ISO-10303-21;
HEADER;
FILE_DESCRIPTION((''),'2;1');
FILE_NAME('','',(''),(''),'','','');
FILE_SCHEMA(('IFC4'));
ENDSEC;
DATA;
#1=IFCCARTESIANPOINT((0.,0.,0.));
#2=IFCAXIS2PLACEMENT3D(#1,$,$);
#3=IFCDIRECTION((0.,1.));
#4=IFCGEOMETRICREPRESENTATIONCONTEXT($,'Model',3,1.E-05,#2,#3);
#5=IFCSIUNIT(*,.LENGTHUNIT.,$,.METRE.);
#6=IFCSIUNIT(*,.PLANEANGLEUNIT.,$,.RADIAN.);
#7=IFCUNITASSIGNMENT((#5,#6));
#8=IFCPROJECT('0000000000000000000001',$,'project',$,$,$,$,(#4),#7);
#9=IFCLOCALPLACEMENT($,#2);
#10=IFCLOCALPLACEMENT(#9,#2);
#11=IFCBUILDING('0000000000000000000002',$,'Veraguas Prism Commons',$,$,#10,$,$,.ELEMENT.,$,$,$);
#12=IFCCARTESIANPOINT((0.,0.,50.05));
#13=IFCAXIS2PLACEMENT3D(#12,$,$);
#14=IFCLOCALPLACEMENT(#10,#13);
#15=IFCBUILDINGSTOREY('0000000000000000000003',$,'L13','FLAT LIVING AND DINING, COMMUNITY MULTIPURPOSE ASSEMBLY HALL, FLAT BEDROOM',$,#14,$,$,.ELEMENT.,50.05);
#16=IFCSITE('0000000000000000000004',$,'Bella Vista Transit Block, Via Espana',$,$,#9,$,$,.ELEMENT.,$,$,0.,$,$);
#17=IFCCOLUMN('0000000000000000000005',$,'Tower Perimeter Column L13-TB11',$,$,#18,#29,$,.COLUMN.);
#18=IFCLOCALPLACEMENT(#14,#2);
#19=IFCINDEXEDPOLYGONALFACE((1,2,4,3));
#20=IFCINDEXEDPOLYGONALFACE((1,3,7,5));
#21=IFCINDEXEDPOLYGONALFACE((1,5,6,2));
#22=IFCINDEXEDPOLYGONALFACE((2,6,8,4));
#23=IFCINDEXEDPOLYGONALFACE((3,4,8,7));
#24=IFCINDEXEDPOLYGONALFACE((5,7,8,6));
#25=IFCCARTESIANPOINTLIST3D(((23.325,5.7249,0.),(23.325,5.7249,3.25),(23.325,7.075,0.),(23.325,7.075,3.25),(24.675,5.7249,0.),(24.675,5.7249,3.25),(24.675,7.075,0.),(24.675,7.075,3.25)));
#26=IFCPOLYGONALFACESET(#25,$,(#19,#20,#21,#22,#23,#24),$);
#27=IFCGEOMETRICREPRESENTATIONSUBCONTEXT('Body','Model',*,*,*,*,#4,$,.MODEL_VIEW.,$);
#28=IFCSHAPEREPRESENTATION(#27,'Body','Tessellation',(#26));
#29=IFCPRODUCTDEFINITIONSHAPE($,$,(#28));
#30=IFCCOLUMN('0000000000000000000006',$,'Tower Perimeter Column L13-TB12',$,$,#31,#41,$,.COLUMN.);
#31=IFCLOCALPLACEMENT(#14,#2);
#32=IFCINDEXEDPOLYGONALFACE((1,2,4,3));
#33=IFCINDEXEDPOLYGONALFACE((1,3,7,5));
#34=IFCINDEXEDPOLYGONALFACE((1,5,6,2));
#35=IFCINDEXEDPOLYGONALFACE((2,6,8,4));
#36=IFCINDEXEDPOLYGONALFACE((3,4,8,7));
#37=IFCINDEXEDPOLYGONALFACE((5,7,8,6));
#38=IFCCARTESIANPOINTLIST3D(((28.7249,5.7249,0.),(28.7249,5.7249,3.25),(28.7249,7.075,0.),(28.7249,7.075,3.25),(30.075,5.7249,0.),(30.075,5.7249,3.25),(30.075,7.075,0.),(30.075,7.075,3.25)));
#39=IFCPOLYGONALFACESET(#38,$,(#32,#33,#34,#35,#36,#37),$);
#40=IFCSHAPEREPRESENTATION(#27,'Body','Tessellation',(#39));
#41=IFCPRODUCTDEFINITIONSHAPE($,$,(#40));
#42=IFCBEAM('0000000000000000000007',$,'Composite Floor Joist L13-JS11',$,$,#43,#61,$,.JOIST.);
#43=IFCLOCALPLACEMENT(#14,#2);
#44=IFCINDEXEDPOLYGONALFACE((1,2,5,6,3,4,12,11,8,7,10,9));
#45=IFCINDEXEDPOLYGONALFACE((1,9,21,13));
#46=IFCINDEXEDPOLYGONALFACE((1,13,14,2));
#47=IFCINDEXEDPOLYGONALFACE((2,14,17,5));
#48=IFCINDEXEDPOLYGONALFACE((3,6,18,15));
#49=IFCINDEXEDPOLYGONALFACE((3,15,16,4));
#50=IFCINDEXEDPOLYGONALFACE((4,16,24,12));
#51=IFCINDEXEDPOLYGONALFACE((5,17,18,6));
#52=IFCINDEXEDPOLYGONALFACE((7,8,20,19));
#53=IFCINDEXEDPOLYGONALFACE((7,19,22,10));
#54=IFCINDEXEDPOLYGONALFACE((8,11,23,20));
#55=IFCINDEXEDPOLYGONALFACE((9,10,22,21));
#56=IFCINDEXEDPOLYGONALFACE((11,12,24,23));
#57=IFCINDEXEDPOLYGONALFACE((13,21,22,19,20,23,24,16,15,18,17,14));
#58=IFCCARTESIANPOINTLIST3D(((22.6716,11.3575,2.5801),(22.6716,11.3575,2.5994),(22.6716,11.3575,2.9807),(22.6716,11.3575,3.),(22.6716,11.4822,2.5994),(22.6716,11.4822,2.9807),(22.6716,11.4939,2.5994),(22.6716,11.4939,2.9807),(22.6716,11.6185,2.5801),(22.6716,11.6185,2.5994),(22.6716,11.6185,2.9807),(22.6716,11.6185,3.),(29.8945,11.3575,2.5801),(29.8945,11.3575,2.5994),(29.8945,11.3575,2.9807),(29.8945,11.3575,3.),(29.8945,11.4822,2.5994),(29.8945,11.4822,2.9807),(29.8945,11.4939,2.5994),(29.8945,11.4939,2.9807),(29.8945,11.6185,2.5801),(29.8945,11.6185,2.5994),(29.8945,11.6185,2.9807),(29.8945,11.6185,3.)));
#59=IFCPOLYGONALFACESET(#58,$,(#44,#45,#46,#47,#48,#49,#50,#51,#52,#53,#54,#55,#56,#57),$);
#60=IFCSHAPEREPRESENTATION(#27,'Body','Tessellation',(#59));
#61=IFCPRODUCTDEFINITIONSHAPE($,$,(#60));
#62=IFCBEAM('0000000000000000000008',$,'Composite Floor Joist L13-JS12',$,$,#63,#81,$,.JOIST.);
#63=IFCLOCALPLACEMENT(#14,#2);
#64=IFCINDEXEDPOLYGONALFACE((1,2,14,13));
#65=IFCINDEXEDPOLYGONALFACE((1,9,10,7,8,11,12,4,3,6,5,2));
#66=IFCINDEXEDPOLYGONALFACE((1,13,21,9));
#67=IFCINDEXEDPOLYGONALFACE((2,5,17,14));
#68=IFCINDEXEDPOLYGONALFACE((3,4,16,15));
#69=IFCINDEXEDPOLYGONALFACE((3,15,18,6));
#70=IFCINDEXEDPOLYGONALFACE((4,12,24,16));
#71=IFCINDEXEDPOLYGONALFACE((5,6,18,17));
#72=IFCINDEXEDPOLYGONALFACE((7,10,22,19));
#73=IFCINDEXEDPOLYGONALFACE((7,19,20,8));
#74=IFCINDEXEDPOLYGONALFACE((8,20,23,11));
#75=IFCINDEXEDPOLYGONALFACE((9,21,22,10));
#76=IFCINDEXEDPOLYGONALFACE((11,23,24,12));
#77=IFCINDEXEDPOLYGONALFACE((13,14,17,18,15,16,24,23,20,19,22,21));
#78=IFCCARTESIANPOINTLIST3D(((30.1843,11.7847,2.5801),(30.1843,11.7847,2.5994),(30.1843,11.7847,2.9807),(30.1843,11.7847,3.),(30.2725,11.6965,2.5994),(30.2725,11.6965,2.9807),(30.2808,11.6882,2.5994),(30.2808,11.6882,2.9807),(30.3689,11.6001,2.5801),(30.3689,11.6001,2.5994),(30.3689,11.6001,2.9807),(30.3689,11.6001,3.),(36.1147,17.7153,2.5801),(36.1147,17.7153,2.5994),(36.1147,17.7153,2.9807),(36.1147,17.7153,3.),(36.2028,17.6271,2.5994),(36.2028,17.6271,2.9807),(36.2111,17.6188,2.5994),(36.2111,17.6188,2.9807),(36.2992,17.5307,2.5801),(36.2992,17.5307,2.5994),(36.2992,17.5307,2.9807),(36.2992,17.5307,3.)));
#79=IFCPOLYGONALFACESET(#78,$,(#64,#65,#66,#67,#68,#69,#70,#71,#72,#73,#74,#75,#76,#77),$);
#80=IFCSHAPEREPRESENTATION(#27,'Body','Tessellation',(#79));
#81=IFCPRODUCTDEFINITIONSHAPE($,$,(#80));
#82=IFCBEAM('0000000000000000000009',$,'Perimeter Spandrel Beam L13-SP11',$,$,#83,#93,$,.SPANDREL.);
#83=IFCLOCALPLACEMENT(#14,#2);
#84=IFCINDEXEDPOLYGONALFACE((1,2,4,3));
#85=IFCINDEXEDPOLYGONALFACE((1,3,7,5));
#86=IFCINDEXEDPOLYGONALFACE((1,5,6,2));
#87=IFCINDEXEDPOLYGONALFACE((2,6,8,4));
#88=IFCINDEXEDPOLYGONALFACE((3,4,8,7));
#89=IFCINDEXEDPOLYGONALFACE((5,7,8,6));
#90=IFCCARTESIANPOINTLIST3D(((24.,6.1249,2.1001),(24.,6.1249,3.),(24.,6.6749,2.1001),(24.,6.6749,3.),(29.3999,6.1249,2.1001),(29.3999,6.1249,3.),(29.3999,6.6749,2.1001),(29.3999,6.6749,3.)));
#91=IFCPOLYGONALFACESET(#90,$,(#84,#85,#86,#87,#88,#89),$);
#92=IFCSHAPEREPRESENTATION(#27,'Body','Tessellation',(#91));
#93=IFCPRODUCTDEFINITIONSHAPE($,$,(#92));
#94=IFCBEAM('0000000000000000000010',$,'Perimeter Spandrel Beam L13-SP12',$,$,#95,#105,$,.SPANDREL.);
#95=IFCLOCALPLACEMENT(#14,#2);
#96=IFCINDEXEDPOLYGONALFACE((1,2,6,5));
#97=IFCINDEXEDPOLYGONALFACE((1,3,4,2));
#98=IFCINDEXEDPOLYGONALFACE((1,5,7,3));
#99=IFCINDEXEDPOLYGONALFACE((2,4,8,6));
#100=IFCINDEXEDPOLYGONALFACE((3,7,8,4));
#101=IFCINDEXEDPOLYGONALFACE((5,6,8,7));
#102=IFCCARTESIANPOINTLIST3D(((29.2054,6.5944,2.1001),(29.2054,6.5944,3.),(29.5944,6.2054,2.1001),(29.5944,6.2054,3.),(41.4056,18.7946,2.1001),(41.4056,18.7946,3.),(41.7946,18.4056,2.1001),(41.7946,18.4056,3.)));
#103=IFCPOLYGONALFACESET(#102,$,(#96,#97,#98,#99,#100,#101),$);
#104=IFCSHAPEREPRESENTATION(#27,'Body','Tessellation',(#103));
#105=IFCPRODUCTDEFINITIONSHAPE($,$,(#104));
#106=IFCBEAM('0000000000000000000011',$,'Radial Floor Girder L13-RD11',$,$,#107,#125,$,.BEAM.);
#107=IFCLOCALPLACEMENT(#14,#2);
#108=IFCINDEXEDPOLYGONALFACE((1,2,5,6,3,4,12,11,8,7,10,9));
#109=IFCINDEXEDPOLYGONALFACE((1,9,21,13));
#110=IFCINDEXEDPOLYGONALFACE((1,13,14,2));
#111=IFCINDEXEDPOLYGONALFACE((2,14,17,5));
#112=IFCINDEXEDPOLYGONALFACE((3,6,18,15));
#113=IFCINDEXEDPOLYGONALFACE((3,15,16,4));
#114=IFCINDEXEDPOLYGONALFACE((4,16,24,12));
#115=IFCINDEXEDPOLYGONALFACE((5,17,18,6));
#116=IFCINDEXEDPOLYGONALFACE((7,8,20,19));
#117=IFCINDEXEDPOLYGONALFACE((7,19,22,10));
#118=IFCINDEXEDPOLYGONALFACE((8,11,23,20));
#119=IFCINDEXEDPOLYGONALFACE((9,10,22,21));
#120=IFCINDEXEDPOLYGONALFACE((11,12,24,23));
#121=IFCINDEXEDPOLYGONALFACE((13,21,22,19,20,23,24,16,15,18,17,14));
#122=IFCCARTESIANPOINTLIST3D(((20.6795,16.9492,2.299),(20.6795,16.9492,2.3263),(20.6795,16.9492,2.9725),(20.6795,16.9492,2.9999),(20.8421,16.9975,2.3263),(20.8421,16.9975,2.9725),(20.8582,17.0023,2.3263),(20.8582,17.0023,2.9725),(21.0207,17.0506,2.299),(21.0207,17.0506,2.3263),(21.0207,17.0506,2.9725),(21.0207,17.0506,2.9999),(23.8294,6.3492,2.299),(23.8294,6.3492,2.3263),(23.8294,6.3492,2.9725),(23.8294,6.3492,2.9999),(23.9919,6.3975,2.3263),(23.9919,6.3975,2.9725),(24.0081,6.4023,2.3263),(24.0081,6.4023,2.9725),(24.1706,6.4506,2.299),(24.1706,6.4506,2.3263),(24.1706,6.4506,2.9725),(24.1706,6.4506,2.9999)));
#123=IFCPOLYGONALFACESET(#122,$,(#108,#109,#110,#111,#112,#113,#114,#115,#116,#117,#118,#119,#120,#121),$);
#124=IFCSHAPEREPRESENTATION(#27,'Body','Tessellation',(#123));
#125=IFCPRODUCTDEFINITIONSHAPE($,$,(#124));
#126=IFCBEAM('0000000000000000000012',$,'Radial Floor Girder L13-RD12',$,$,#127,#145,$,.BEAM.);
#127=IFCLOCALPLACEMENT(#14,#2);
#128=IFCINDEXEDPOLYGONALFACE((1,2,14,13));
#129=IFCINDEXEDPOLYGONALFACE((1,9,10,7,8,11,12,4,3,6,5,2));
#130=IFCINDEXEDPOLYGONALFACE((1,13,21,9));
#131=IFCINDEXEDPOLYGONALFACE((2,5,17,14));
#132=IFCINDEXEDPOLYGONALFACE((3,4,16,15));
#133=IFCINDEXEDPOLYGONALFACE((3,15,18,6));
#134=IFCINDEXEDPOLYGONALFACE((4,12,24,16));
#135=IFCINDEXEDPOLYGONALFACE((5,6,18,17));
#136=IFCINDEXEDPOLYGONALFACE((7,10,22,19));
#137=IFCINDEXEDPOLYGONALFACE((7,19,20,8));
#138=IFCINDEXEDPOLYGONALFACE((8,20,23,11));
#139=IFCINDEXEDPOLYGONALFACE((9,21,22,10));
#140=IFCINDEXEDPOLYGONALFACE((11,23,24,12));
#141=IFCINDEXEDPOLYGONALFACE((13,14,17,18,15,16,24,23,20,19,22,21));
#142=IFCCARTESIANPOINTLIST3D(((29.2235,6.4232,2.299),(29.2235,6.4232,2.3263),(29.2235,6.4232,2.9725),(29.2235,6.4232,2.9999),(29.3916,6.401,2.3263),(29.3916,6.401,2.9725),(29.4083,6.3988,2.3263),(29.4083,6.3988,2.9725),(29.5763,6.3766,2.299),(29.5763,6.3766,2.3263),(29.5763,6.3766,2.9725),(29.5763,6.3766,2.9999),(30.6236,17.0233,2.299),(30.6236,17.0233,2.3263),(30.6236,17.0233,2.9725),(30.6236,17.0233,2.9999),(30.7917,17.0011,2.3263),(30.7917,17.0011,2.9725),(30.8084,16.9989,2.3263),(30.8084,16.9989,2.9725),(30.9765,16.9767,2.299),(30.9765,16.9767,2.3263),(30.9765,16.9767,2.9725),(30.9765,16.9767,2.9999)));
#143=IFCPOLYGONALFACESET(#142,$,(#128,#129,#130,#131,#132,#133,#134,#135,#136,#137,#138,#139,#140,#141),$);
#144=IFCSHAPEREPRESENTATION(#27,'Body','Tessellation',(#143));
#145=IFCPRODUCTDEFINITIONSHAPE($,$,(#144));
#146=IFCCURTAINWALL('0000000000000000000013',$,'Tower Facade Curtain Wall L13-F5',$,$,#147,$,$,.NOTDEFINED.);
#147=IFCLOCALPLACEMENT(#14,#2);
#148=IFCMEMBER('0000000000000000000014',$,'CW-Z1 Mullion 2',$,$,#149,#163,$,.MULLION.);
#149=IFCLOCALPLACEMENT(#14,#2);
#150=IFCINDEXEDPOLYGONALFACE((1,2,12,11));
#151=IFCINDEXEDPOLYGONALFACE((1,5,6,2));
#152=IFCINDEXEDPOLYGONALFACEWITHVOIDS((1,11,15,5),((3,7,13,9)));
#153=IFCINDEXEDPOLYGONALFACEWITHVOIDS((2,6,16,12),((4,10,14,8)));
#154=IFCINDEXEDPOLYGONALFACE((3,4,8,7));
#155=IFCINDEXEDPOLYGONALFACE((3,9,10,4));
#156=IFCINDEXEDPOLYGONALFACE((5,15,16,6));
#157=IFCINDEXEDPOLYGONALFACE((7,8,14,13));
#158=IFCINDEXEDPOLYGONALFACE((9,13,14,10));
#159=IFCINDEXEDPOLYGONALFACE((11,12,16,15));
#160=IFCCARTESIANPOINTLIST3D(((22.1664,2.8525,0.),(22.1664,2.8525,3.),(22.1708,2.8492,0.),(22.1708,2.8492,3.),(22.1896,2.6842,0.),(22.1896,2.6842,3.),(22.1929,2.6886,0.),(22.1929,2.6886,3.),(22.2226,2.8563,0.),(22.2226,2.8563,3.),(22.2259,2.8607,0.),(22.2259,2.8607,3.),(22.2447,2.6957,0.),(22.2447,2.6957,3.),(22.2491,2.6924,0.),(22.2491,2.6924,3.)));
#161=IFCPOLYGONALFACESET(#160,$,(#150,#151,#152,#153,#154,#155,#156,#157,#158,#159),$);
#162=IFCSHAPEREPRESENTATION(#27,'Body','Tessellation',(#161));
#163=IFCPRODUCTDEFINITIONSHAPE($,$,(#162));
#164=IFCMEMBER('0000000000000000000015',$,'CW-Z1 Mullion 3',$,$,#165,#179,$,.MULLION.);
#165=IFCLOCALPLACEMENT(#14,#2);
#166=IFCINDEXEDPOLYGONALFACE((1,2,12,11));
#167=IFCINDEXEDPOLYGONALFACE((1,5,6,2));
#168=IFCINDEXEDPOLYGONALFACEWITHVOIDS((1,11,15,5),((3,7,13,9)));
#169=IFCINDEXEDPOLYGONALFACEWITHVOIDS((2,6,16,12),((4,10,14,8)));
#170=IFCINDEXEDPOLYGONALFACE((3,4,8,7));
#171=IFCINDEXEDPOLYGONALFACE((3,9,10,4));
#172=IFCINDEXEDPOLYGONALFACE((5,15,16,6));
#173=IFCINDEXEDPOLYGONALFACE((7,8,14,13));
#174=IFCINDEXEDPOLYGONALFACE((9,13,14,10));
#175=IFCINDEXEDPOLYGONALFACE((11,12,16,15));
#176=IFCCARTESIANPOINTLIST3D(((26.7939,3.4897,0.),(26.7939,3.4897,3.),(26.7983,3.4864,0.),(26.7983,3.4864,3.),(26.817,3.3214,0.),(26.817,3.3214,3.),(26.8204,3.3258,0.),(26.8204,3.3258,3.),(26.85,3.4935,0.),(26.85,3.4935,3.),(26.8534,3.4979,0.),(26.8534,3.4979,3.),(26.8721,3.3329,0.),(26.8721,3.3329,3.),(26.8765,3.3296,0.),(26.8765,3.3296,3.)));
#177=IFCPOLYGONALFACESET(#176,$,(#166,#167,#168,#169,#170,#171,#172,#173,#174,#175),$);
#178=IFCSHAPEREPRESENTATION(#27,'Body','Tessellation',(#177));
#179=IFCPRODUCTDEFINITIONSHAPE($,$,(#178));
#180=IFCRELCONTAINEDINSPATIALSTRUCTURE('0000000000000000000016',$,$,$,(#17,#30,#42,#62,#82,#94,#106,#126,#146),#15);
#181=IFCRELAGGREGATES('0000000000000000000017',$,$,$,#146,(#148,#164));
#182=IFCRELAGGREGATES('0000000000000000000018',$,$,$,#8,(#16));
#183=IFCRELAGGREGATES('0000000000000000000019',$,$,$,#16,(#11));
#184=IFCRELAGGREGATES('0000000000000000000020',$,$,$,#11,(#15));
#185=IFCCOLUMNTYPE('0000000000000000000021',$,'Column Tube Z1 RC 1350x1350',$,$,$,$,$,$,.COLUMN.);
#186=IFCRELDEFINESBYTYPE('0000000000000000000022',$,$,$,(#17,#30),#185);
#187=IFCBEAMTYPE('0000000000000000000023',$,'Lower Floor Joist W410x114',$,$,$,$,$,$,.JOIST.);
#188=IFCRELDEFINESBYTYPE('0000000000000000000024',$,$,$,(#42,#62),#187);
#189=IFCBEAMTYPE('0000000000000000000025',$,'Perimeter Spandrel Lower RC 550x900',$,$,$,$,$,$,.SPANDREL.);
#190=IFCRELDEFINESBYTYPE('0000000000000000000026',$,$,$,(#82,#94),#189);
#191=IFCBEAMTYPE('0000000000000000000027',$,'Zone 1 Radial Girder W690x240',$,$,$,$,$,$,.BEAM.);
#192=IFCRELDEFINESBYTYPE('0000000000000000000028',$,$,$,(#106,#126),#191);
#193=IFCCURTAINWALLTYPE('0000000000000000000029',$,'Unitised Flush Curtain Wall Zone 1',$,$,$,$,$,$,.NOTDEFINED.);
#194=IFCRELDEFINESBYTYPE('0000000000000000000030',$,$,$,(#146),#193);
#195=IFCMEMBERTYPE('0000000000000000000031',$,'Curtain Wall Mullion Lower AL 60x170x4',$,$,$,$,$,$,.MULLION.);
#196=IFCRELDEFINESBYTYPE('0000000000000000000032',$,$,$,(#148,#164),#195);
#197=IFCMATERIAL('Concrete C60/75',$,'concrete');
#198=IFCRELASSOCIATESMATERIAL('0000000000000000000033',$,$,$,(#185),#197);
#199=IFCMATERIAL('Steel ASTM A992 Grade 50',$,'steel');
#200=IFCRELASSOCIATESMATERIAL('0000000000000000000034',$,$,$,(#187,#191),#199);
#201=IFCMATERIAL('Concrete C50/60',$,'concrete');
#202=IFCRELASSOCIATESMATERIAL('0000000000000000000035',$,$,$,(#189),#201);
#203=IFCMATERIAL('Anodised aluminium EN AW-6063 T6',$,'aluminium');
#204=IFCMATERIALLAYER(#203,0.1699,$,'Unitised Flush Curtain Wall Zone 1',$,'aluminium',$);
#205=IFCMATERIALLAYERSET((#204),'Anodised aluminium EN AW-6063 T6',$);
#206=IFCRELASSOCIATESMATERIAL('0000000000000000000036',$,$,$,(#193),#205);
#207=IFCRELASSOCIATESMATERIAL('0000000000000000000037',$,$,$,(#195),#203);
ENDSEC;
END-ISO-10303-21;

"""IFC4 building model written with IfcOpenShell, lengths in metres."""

from ifc_helpers import new_model, si_unit, direction, frame, origin, origin_2d, place, context, subcontext, project, spatial, rectangle, hollow_rectangle, i_section, extrude, source, transform, mapped, material, layer, layer_set, material_profile, profile_set, type_object, element, aggregate, save


model = new_model("IFC4")

# Units and contexts
model_context = context("Model", 3, precision=1e-05, world=origin(), true_north=direction((0.0, 1.0)))
body_context = subcontext(model_context, "Body", "Model", "MODEL_VIEW")
ifc_project = project(units=[si_unit("LENGTHUNIT", "METRE"), si_unit("PLANEANGLEUNIT", "RADIAN")], contexts=[model_context])

# Site, building, storey
site_placement = place(None, origin())
site = spatial("IfcSite", under=ifc_project, at=site_placement, Name="Bella Vista Transit Block, Via Espana", CompositionType="ELEMENT", RefElevation=0.0)
building_placement = place(site_placement, origin())
building = spatial("IfcBuilding", under=site, at=building_placement, Name="Veraguas Prism Commons", CompositionType="ELEMENT")
storey_placement = place(building_placement, frame((0.0, 0.0, 50.05)))
storey = spatial("IfcBuildingStorey", under=building, at=storey_placement, Name="L13", Description="FLAT LIVING AND DINING, COMMUNITY MULTIPURPOSE ASSEMBLY HALL, FLAT BEDROOM", CompositionType="ELEMENT", Elevation=50.05)

# Columns
ifc_material_1 = material(Name="Concrete C60/75", Category="concrete")
ifc_material_profile_1 = material_profile(ifc_material_1, rectangle(XDim=1.3501, YDim=1.3501, at=origin_2d()), Name="RC1350X1350")
ifc_profile_set_1 = profile_set([ifc_material_profile_1], Name="Concrete C60/75")
column_type = type_object("IfcColumnType", Name="Column Tube Z1 RC 1350x1350", PredefinedType="COLUMN", material=ifc_profile_set_1)
for number, where, z_axis, x_axis, name in (
    (1, (24.0, 6.3999, 0.0), (0.0, 0.0, 1.0), (1.0, 0.0, 0.0), "Tower Perimeter Column L13-TB11"),
    (2, (29.3999, 6.3999, 0.0), (0.0, 0.0, 1.0), (1.0, 0.0, 0.0), "Tower Perimeter Column L13-TB12"),
):
    element("IfcColumn", number, at=place(storey_placement, frame(where, z_axis=z_axis, x_axis=x_axis)), inside=storey, type_object=column_type, Name=name, PredefinedType="COLUMN", context=body_context, shape_type="SweptSolid", body=[
        extrude(rectangle(XDim=1.3501, YDim=1.3501, at=origin_2d()), origin(), (0.0, 0.0, 1.0), 3.25),
    ])

# Beams
ifc_material_2 = material(Name="Steel ASTM A992 Grade 50", Category="steel")
ifc_material_profile_2 = material_profile(ifc_material_2, i_section(OverallWidth=0.261, OverallDepth=0.4199, WebThickness=0.0117, FlangeThickness=0.0193, at=origin_2d()), Name="W410X114")
ifc_profile_set_2 = profile_set([ifc_material_profile_2], Name="Steel ASTM A992 Grade 50")
beam_type_1 = type_object("IfcBeamType", Name="Lower Floor Joist W410x114", PredefinedType="JOIST", material=ifc_profile_set_2)
beam_1_placement = place(storey_placement, frame((22.6716, 11.488, 2.79), z_axis=(1.0, 0.0, 0.0), x_axis=(0.0, 1.0, 0.0)))
element("IfcBeam", 3, at=beam_1_placement, inside=storey, type_object=beam_type_1, Name="Composite Floor Joist L13-JS11", PredefinedType="JOIST", context=body_context, shape_type="SweptSolid", body=[
    extrude(i_section(OverallWidth=0.261, OverallDepth=0.4199, WebThickness=0.0117, FlangeThickness=0.0193, at=origin_2d()), origin(), (0.0, 0.0, 1.0), 7.2229),
])
beam_2_placement = place(storey_placement, frame((30.2766, 11.6924, 2.79), z_axis=(0.707092, 0.707121, 0.0), x_axis=(-0.707121, 0.707092, 0.0)))
element("IfcBeam", 4, at=beam_2_placement, inside=storey, type_object=beam_type_1, Name="Composite Floor Joist L13-JS12", PredefinedType="JOIST", context=body_context, shape_type="SweptSolid", body=[
    extrude(i_section(OverallWidth=0.261, OverallDepth=0.4199, WebThickness=0.0117, FlangeThickness=0.0193, at=origin_2d()), origin(), (0.0, 0.0, 1.0), 8.387),
])
ifc_material_3 = material(Name="Concrete C50/60", Category="concrete")
ifc_material_profile_3 = material_profile(ifc_material_3, rectangle(XDim=0.55, YDim=0.8999, at=origin_2d()), Name="RC550X900")
ifc_profile_set_3 = profile_set([ifc_material_profile_3], Name="Concrete C50/60")
beam_type_2 = type_object("IfcBeamType", Name="Perimeter Spandrel Lower RC 550x900", PredefinedType="SPANDREL", material=ifc_profile_set_3)
beam_3_placement = place(storey_placement, frame((24.0, 6.3999, 2.55), z_axis=(1.0, 0.0, 0.0), x_axis=(0.0, 1.0, 0.0)))
element("IfcBeam", 5, at=beam_3_placement, inside=storey, type_object=beam_type_2, Name="Perimeter Spandrel Beam L13-SP11", PredefinedType="SPANDREL", context=body_context, shape_type="SweptSolid", body=[
    extrude(rectangle(XDim=0.55, YDim=0.8999, at=origin_2d()), origin(), (0.0, 0.0, 1.0), 5.3999),
])
beam_4_placement = place(storey_placement, frame((29.3999, 6.3999, 2.55), z_axis=(0.707107, 0.707107, 0.0), x_axis=(-0.707107, 0.707107, 0.0)))
element("IfcBeam", 6, at=beam_4_placement, inside=storey, type_object=beam_type_2, Name="Perimeter Spandrel Beam L13-SP12", PredefinedType="SPANDREL", context=body_context, shape_type="SweptSolid", body=[
    extrude(rectangle(XDim=0.55, YDim=0.8999, at=origin_2d()), origin(), (0.0, 0.0, 1.0), 17.2537),
])
ifc_material_profile_4 = material_profile(ifc_material_2, i_section(OverallWidth=0.356, OverallDepth=0.7009, WebThickness=0.0168, FlangeThickness=0.0273, at=origin_2d()), Name="W690X240")
ifc_profile_set_4 = profile_set([ifc_material_profile_4], Name="Steel ASTM A992 Grade 50")
beam_type_3 = type_object("IfcBeamType", Name="Zone 1 Radial Girder W690x240", PredefinedType="BEAM", material=ifc_profile_set_4)
beam_5_placement = place(storey_placement, frame((24.0, 6.3999, 2.6494), z_axis=(-0.284847, 0.958573, 0.0), x_axis=(-0.958573, -0.284847, 0.0)))
element("IfcBeam", 7, at=beam_5_placement, inside=storey, type_object=beam_type_3, Name="Radial Floor Girder L13-RD11", PredefinedType="BEAM", context=body_context, shape_type="SweptSolid", body=[
    extrude(i_section(OverallWidth=0.356, OverallDepth=0.7009, WebThickness=0.0168, FlangeThickness=0.0273, at=origin_2d()), origin(), (0.0, 0.0, 1.0), 11.0581),
])
beam_6_placement = place(storey_placement, frame((29.3999, 6.3999, 2.6494), z_axis=(0.130951, 0.991389, 0.0), x_axis=(-0.991389, 0.130951, 0.0)))
element("IfcBeam", 8, at=beam_6_placement, inside=storey, type_object=beam_type_3, Name="Radial Floor Girder L13-RD12", PredefinedType="BEAM", context=body_context, shape_type="SweptSolid", body=[
    extrude(i_section(OverallWidth=0.356, OverallDepth=0.7009, WebThickness=0.0168, FlangeThickness=0.0273, at=origin_2d()), origin(), (0.0, 0.0, 1.0), 10.6921),
])

# Curtain wall, members
ifc_material_4 = material(Name="Anodised aluminium EN AW-6063 T6", Category="aluminium")
ifc_layer_1 = layer(ifc_material_4, 0.1699, Name="Unitised Flush Curtain Wall Zone 1", Category="aluminium")
ifc_layer_set_1 = layer_set([ifc_layer_1], Name="Anodised aluminium EN AW-6063 T6")
curtain_wall_type = type_object("IfcCurtainWallType", Name="Unitised Flush Curtain Wall Zone 1", PredefinedType="NOTDEFINED", material=ifc_layer_set_1)
curtain_wall_placement = place(storey_placement, origin())
curtain_wall = element("IfcCurtainWall", 9, at=curtain_wall_placement, inside=storey, type_object=curtain_wall_type, Name="Tower Facade Curtain Wall L13-F5", PredefinedType="NOTDEFINED")
ifc_material_profile_5 = material_profile(ifc_material_4, hollow_rectangle(XDim=0.0601, YDim=0.1699, WallThickness=0.0039, at=origin_2d()), Name="AL60X170X4")
ifc_profile_set_5 = profile_set([ifc_material_profile_5], Name="Anodised aluminium EN AW-6063 T6")
member_type = type_object("IfcMemberType", Name="Curtain Wall Mullion Lower AL 60x170x4", PredefinedType="MULLION", material=ifc_profile_set_5)
shared_shape_1 = source(origin(), body_context, "Body", "SweptSolid", [
    extrude(hollow_rectangle(XDim=0.0601, YDim=0.1699, WallThickness=0.0039, at=origin_2d()), origin(), (0.0, 0.0, 1.0), 3.0),
])
member_1_placement = place(storey_placement, frame((22.2078, 2.7725, 0.0), z_axis=(0.0, 0.0, 1.0), x_axis=(0.990653, 0.136405, 0.0)))
member_1 = element("IfcMember", 10, at=member_1_placement, type_object=member_type, Name="CW-Z1 Mullion 2", PredefinedType="MULLION", context=body_context, shape_type="MappedRepresentation", body=[
    mapped(shared_shape_1, transform((0.0, 0.0, 0.0), scale=1.0)),
])
member_2_placement = place(storey_placement, frame((26.8352, 3.4097, 0.0), z_axis=(0.0, 0.0, 1.0), x_axis=(0.990653, 0.136405, 0.0)))
member_2 = element("IfcMember", 11, at=member_2_placement, type_object=member_type, Name="CW-Z1 Mullion 3", PredefinedType="MULLION", context=body_context, shape_type="MappedRepresentation", body=[
    mapped(shared_shape_1, transform((0.0, 0.0, 0.0), scale=1.0)),
])
aggregate(curtain_wall, [member_1, member_2])

save(model, "model.ifc")
